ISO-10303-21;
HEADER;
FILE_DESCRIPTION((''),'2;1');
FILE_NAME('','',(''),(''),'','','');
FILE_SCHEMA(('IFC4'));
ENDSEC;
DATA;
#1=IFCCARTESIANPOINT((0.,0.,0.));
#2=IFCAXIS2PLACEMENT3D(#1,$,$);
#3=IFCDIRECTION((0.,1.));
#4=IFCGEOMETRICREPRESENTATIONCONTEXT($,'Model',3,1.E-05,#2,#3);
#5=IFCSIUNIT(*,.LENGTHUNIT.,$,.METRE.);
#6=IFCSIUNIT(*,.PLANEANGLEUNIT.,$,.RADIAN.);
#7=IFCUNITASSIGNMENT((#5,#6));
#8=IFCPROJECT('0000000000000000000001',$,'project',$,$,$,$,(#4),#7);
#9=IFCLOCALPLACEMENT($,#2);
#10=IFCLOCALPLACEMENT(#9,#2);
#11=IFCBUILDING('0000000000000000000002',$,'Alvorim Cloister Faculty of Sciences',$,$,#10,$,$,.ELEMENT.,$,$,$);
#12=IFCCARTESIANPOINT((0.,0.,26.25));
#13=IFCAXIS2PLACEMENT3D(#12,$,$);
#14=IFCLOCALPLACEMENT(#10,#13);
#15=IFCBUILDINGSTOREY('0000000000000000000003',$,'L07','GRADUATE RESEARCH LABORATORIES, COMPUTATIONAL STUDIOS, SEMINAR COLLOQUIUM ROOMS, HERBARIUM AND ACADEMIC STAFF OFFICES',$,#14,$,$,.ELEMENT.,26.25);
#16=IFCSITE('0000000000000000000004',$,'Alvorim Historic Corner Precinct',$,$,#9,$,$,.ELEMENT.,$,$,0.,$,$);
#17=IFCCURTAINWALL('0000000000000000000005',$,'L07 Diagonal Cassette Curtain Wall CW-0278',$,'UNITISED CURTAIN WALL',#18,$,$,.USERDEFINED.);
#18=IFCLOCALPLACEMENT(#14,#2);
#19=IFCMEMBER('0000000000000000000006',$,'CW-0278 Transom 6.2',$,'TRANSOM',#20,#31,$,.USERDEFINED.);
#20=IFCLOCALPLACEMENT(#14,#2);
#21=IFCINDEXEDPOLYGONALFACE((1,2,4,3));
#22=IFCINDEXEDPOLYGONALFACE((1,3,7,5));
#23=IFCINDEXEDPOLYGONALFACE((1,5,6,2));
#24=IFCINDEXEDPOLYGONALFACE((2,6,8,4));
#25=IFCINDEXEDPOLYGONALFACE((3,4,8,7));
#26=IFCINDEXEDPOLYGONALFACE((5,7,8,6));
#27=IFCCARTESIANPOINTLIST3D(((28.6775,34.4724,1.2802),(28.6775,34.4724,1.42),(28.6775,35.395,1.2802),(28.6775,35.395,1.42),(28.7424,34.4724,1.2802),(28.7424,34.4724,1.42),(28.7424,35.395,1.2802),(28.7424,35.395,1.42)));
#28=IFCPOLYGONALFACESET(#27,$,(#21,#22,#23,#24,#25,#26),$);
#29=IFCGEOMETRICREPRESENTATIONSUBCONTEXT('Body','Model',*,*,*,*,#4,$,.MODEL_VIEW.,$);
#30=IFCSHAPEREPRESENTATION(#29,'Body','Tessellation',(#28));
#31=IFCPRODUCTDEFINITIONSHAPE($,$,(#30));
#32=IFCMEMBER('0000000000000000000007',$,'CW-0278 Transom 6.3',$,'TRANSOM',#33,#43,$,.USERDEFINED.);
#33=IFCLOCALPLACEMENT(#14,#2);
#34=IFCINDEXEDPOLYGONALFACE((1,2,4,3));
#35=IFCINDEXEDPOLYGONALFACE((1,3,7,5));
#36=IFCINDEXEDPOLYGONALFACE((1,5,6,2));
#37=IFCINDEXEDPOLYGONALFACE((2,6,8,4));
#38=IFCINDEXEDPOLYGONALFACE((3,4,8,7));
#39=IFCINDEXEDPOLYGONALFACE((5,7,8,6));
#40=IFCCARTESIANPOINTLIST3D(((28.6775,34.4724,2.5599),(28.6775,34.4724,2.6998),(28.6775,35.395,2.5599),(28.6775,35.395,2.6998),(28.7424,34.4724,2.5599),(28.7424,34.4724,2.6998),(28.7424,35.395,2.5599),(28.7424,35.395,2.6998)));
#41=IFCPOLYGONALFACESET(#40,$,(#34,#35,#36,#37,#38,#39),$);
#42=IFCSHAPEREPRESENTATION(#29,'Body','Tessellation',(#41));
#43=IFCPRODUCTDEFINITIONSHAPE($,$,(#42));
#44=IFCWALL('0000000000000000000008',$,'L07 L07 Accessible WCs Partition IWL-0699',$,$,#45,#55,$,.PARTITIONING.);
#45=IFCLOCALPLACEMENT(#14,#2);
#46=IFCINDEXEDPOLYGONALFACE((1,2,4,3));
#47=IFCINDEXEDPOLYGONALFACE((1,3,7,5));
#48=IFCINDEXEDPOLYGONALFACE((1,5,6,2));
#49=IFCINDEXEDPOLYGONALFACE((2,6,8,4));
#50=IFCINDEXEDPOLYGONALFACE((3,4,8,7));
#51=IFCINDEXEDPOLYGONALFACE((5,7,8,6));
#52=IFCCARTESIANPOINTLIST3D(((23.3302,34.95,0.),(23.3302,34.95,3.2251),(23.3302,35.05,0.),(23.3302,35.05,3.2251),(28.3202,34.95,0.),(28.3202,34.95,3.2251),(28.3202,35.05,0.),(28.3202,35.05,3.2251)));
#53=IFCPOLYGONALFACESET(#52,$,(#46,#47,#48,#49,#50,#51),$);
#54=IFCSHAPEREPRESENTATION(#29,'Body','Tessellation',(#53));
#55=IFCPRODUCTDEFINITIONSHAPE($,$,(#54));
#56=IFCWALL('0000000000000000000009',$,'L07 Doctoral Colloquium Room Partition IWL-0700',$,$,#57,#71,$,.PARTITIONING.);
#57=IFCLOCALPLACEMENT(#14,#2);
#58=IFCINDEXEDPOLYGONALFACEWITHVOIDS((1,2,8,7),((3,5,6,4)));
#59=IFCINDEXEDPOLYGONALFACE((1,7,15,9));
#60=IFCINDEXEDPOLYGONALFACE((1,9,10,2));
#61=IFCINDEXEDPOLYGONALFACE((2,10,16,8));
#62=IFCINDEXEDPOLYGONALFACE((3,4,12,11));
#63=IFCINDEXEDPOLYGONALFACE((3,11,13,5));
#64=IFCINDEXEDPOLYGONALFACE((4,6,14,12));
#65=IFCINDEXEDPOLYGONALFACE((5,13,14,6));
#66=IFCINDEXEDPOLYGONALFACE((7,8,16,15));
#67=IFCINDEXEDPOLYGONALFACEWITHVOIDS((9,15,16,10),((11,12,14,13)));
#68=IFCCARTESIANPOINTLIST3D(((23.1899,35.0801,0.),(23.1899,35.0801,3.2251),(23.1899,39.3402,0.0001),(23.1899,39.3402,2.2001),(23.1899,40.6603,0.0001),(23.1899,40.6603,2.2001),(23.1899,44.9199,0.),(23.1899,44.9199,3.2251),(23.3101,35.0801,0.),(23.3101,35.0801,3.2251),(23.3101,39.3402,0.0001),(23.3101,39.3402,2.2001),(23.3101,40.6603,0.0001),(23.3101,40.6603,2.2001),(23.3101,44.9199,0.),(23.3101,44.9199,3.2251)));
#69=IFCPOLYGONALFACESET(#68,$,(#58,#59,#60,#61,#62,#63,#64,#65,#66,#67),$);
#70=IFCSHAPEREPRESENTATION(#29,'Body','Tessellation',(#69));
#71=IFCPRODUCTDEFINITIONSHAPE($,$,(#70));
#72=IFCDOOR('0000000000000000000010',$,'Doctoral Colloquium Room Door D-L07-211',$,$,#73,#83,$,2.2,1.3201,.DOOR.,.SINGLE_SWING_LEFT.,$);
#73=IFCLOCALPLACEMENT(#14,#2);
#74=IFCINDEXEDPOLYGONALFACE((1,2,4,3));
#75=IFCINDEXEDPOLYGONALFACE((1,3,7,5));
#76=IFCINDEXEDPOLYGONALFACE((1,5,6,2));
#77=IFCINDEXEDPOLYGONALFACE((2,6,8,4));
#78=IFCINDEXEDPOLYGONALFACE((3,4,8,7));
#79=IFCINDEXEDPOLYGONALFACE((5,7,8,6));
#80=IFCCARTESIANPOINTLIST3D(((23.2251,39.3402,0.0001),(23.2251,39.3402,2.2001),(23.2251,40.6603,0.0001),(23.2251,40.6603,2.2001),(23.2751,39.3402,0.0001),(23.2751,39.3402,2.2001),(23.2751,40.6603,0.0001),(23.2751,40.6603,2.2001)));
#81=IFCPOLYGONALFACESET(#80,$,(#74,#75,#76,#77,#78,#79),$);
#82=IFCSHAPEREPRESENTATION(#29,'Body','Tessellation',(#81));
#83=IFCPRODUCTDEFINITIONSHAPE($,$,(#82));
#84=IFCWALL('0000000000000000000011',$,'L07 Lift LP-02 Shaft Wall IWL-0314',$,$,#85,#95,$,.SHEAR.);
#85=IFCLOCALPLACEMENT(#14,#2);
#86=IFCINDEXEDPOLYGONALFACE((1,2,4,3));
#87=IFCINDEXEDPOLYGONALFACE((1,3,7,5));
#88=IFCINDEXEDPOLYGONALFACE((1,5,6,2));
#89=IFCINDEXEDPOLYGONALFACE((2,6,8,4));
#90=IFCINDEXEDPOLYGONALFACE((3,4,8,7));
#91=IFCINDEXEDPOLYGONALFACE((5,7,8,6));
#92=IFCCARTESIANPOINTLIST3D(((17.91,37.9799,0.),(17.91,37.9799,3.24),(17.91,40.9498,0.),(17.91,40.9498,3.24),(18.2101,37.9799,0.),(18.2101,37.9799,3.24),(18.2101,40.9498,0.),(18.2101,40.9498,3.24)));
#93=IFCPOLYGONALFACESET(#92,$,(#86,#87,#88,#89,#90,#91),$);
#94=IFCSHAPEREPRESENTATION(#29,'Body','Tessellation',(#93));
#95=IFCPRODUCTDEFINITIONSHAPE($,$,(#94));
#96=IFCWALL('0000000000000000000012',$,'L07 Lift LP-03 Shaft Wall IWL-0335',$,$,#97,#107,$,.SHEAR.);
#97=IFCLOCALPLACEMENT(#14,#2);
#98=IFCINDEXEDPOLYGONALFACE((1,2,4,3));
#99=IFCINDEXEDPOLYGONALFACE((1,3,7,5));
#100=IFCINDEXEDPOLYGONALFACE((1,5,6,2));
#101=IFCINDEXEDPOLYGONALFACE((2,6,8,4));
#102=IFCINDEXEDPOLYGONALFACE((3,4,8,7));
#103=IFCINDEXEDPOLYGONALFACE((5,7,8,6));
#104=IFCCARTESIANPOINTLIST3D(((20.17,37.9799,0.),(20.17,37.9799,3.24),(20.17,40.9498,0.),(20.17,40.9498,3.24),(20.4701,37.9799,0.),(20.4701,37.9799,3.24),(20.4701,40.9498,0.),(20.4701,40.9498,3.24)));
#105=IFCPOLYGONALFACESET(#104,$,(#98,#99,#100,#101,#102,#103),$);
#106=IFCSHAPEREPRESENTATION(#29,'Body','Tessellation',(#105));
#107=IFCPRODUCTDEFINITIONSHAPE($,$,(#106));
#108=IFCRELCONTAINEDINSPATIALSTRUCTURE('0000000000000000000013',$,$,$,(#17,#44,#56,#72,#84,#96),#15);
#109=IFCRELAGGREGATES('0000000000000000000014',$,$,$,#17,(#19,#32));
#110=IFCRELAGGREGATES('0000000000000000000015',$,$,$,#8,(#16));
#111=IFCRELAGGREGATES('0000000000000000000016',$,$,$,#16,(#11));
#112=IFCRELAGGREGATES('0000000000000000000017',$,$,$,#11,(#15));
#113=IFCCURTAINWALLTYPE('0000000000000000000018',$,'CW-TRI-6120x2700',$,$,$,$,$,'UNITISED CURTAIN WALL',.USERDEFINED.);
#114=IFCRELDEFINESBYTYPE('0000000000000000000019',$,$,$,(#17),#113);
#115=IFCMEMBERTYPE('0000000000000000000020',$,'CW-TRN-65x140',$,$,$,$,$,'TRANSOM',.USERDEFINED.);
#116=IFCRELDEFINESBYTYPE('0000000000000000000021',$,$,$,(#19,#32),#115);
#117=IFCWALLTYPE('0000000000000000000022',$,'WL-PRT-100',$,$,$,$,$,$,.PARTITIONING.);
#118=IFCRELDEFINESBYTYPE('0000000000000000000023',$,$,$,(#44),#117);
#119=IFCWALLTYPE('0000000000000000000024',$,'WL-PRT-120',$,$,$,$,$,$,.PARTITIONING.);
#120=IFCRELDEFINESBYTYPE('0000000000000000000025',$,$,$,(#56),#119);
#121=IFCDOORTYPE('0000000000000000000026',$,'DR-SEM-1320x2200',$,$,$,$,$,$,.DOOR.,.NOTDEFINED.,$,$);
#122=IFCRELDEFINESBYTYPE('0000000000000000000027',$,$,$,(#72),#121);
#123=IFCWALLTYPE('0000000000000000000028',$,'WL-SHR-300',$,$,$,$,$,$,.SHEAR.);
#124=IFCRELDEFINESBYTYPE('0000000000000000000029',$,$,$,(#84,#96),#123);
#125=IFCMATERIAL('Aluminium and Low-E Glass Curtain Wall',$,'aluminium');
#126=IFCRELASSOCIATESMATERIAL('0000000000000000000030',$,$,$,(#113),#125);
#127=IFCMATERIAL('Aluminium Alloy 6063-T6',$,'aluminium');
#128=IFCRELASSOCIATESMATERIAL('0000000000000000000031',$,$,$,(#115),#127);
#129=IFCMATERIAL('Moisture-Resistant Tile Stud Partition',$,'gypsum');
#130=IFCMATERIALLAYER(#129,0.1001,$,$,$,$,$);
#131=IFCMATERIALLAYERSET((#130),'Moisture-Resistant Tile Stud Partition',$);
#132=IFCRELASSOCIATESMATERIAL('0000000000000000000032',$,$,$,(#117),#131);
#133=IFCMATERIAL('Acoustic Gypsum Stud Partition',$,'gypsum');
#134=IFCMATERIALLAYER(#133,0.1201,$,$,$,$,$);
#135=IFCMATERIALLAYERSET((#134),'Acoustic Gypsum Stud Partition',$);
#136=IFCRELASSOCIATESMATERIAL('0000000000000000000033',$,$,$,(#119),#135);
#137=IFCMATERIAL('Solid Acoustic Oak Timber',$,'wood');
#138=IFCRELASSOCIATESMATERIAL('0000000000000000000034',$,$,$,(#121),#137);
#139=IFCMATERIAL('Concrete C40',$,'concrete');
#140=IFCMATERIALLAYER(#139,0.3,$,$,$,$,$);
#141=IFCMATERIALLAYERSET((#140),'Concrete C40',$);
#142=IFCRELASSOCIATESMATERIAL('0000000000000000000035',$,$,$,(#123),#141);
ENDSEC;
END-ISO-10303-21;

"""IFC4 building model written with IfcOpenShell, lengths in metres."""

from ifc_helpers import new_model, si_unit, direction, frame, frame_2d, origin, origin_2d, place, context, subcontext, project, spatial, rectangle, extrude, material, layer, layer_set, material_profile, profile_set, type_object, element, fill, aggregate, save


model = new_model("IFC4")

# Units and contexts
model_context = context("Model", 3, precision=1e-05, world=origin(), true_north=direction((0.0, 1.0)))
body_context = subcontext(model_context, "Body", "Model", "MODEL_VIEW")
ifc_project = project(units=[si_unit("LENGTHUNIT", "METRE"), si_unit("PLANEANGLEUNIT", "RADIAN")], contexts=[model_context])

# Site, building, storey
site_placement = place(None, origin())
site = spatial("IfcSite", under=ifc_project, at=site_placement, Name="Alvorim Historic Corner Precinct", CompositionType="ELEMENT", RefElevation=0.0)
building_placement = place(site_placement, origin())
building = spatial("IfcBuilding", under=site, at=building_placement, Name="Alvorim Cloister Faculty of Sciences", CompositionType="ELEMENT")
storey_placement = place(building_placement, frame((0.0, 0.0, 26.25)))
storey = spatial("IfcBuildingStorey", under=building, at=storey_placement, Name="L07", Description="GRADUATE RESEARCH LABORATORIES, COMPUTATIONAL STUDIOS, SEMINAR COLLOQUIUM ROOMS, HERBARIUM AND ACADEMIC STAFF OFFICES", CompositionType="ELEMENT", Elevation=26.25)

# Curtain wall
ifc_material_1 = material(Name="Aluminium and Low-E Glass Curtain Wall", Category="aluminium")
curtain_wall_type = type_object("IfcCurtainWallType", Name="CW-TRI-6120x2700", ElementType="UNITISED CURTAIN WALL", PredefinedType="USERDEFINED", material=ifc_material_1)
ifc_material_2 = material(Name="Aluminium Alloy 6063-T6", Category="aluminium")
curtain_wall_1_placement = place(storey_placement, origin())
curtain_wall_1 = element("IfcCurtainWall", 1, at=curtain_wall_1_placement, inside=storey, type_object=curtain_wall_type, Name="L07 Diagonal Cassette Curtain Wall CW-0278", ObjectType="UNITISED CURTAIN WALL", PredefinedType="USERDEFINED")

# Members
ifc_material_profile_1 = material_profile(ifc_material_2, rectangle(XDim=0.0649, YDim=0.1399, at=origin_2d()), Name="ALU-TRN-65x140")
ifc_profile_set_1 = profile_set([ifc_material_profile_1], Name="Aluminium Alloy 6063-T6")
member_type_1 = type_object("IfcMemberType", Name="CW-TRN-65x140", ElementType="TRANSOM", PredefinedType="USERDEFINED", material=ifc_profile_set_1)
member_1_placement = place(storey_placement, frame((28.71, 34.4724, 1.3501), z_axis=(0.0, 1.0, 0.0), x_axis=(-1.0, 0.0, 0.0)))
member_1 = element("IfcMember", 2, at=member_1_placement, type_object=member_type_1, Name="CW-0278 Transom 6.2", ObjectType="TRANSOM", PredefinedType="USERDEFINED", context=body_context, shape_type="SweptSolid", body=[
    extrude(rectangle(XDim=0.0649, YDim=0.1399, at=origin_2d()), origin(), (0.0, 0.0, 1.0), 0.9226),
])
member_2_placement = place(storey_placement, frame((28.71, 34.4724, 2.6299), z_axis=(0.0, 1.0, 0.0), x_axis=(-1.0, 0.0, 0.0)))
member_2 = element("IfcMember", 3, at=member_2_placement, type_object=member_type_1, Name="CW-0278 Transom 6.3", ObjectType="TRANSOM", PredefinedType="USERDEFINED", context=body_context, shape_type="SweptSolid", body=[
    extrude(rectangle(XDim=0.0649, YDim=0.1399, at=origin_2d()), origin(), (0.0, 0.0, 1.0), 0.9226),
])
aggregate(curtain_wall_1, [member_1, member_2])

# Wall
ifc_material_3 = material(Name="Moisture-Resistant Tile Stud Partition", Category="gypsum")
ifc_layer_1 = layer(ifc_material_3, 0.1001)
ifc_layer_set_1 = layer_set([ifc_layer_1], Name="Moisture-Resistant Tile Stud Partition")
wall_type_1 = type_object("IfcWallType", Name="WL-PRT-100", PredefinedType="PARTITIONING", material=ifc_layer_set_1)
wall_1_placement = place(storey_placement, frame((23.3301, 35.0, 0.0), z_axis=(0.0, 0.0, 1.0), x_axis=(1.0, 0.0, 0.0)))
element("IfcWall", 4, at=wall_1_placement, inside=storey, type_object=wall_type_1, Name="L07 L07 Accessible WCs Partition IWL-0699", PredefinedType="PARTITIONING", context=body_context, shape_type="SweptSolid", body=[
    extrude(rectangle(XDim=4.99, YDim=0.1001, at=frame_2d((2.4951, 0.0))), origin(), (0.0, 0.0, 1.0), 3.2251),
])

# Wall, opening, door
ifc_material_4 = material(Name="Acoustic Gypsum Stud Partition", Category="gypsum")
ifc_layer_2 = layer(ifc_material_4, 0.1201)
ifc_layer_set_2 = layer_set([ifc_layer_2], Name="Acoustic Gypsum Stud Partition")
wall_type_2 = type_object("IfcWallType", Name="WL-PRT-120", PredefinedType="PARTITIONING", material=ifc_layer_set_2)
wall_2_placement = place(storey_placement, frame((23.25, 35.0801, 0.0), z_axis=(0.0, 0.0, 1.0), x_axis=(0.0, 1.0, 0.0)))
wall_2 = element("IfcWall", 5, at=wall_2_placement, inside=storey, type_object=wall_type_2, Name="L07 Doctoral Colloquium Room Partition IWL-0700", PredefinedType="PARTITIONING", context=body_context, shape_type="SweptSolid", body=[
    extrude(rectangle(XDim=9.8398, YDim=0.1201, at=frame_2d((4.9199, 0.0))), origin(), (0.0, 0.0, 1.0), 3.2251),
])
opening_placement = place(wall_2_placement, frame((4.26, 0.0, 0.0)))
opening = element("IfcOpeningElement", 6, at=opening_placement, cuts=wall_2, PredefinedType="OPENING", context=body_context, shape_type="SweptSolid", body=[
    extrude(rectangle(XDim=1.3201, YDim=2.2, at=frame_2d((0.6602, 1.1001))), frame((0.0, 0.072, 0.0), z_axis=(0.0, -1.0, 0.0), x_axis=(1.0, 0.0, 0.0)), (0.0, 0.0, 1.0), 0.144),
])
ifc_material_5 = material(Name="Solid Acoustic Oak Timber", Category="wood")
door_type = type_object("IfcDoorType", Name="DR-SEM-1320x2200", OperationType="NOTDEFINED", PredefinedType="DOOR", material=ifc_material_5)
door_placement = place(opening_placement, origin())
door = element("IfcDoor", 7, at=door_placement, inside=storey, type_object=door_type, Name="Doctoral Colloquium Room Door D-L07-211", OperationType="SINGLE_SWING_LEFT", OverallHeight=2.2, OverallWidth=1.3201, PredefinedType="DOOR", context=body_context, shape_type="SweptSolid", body=[
    extrude(rectangle(XDim=1.3201, YDim=2.2, at=frame_2d((0.6602, 1.1001))), frame((0.0, 0.0249, 0.0), z_axis=(0.0, -1.0, 0.0), x_axis=(1.0, 0.0, 0.0)), (0.0, 0.0, 1.0), 0.05),
])
fill(opening, door)

# Walls
ifc_material_6 = material(Name="Concrete C40", Category="concrete")
ifc_layer_3 = layer(ifc_material_6, 0.3)
ifc_layer_set_3 = layer_set([ifc_layer_3], Name="Concrete C40")
wall_type_3 = type_object("IfcWallType", Name="WL-SHR-300", PredefinedType="SHEAR", material=ifc_layer_set_3)
for number, where, z_axis, x_axis, name in (
    (8, (18.0601, 37.98, 0.0), (0.0, 0.0, 1.0), (0.0, 1.0, 0.0), "L07 Lift LP-02 Shaft Wall IWL-0314"),
    (9, (20.3201, 37.98, 0.0), (0.0, 0.0, 1.0), (0.0, 1.0, 0.0), "L07 Lift LP-03 Shaft Wall IWL-0335"),
):
    element("IfcWall", number, at=place(storey_placement, frame(where, z_axis=z_axis, x_axis=x_axis)), inside=storey, type_object=wall_type_3, Name=name, PredefinedType="SHEAR", context=body_context, shape_type="SweptSolid", body=[
        extrude(rectangle(XDim=2.97, YDim=0.3, at=frame_2d((1.4849, 0.0))), origin(), (0.0, 0.0, 1.0), 3.24),
    ])

save(model, "model.ifc")
